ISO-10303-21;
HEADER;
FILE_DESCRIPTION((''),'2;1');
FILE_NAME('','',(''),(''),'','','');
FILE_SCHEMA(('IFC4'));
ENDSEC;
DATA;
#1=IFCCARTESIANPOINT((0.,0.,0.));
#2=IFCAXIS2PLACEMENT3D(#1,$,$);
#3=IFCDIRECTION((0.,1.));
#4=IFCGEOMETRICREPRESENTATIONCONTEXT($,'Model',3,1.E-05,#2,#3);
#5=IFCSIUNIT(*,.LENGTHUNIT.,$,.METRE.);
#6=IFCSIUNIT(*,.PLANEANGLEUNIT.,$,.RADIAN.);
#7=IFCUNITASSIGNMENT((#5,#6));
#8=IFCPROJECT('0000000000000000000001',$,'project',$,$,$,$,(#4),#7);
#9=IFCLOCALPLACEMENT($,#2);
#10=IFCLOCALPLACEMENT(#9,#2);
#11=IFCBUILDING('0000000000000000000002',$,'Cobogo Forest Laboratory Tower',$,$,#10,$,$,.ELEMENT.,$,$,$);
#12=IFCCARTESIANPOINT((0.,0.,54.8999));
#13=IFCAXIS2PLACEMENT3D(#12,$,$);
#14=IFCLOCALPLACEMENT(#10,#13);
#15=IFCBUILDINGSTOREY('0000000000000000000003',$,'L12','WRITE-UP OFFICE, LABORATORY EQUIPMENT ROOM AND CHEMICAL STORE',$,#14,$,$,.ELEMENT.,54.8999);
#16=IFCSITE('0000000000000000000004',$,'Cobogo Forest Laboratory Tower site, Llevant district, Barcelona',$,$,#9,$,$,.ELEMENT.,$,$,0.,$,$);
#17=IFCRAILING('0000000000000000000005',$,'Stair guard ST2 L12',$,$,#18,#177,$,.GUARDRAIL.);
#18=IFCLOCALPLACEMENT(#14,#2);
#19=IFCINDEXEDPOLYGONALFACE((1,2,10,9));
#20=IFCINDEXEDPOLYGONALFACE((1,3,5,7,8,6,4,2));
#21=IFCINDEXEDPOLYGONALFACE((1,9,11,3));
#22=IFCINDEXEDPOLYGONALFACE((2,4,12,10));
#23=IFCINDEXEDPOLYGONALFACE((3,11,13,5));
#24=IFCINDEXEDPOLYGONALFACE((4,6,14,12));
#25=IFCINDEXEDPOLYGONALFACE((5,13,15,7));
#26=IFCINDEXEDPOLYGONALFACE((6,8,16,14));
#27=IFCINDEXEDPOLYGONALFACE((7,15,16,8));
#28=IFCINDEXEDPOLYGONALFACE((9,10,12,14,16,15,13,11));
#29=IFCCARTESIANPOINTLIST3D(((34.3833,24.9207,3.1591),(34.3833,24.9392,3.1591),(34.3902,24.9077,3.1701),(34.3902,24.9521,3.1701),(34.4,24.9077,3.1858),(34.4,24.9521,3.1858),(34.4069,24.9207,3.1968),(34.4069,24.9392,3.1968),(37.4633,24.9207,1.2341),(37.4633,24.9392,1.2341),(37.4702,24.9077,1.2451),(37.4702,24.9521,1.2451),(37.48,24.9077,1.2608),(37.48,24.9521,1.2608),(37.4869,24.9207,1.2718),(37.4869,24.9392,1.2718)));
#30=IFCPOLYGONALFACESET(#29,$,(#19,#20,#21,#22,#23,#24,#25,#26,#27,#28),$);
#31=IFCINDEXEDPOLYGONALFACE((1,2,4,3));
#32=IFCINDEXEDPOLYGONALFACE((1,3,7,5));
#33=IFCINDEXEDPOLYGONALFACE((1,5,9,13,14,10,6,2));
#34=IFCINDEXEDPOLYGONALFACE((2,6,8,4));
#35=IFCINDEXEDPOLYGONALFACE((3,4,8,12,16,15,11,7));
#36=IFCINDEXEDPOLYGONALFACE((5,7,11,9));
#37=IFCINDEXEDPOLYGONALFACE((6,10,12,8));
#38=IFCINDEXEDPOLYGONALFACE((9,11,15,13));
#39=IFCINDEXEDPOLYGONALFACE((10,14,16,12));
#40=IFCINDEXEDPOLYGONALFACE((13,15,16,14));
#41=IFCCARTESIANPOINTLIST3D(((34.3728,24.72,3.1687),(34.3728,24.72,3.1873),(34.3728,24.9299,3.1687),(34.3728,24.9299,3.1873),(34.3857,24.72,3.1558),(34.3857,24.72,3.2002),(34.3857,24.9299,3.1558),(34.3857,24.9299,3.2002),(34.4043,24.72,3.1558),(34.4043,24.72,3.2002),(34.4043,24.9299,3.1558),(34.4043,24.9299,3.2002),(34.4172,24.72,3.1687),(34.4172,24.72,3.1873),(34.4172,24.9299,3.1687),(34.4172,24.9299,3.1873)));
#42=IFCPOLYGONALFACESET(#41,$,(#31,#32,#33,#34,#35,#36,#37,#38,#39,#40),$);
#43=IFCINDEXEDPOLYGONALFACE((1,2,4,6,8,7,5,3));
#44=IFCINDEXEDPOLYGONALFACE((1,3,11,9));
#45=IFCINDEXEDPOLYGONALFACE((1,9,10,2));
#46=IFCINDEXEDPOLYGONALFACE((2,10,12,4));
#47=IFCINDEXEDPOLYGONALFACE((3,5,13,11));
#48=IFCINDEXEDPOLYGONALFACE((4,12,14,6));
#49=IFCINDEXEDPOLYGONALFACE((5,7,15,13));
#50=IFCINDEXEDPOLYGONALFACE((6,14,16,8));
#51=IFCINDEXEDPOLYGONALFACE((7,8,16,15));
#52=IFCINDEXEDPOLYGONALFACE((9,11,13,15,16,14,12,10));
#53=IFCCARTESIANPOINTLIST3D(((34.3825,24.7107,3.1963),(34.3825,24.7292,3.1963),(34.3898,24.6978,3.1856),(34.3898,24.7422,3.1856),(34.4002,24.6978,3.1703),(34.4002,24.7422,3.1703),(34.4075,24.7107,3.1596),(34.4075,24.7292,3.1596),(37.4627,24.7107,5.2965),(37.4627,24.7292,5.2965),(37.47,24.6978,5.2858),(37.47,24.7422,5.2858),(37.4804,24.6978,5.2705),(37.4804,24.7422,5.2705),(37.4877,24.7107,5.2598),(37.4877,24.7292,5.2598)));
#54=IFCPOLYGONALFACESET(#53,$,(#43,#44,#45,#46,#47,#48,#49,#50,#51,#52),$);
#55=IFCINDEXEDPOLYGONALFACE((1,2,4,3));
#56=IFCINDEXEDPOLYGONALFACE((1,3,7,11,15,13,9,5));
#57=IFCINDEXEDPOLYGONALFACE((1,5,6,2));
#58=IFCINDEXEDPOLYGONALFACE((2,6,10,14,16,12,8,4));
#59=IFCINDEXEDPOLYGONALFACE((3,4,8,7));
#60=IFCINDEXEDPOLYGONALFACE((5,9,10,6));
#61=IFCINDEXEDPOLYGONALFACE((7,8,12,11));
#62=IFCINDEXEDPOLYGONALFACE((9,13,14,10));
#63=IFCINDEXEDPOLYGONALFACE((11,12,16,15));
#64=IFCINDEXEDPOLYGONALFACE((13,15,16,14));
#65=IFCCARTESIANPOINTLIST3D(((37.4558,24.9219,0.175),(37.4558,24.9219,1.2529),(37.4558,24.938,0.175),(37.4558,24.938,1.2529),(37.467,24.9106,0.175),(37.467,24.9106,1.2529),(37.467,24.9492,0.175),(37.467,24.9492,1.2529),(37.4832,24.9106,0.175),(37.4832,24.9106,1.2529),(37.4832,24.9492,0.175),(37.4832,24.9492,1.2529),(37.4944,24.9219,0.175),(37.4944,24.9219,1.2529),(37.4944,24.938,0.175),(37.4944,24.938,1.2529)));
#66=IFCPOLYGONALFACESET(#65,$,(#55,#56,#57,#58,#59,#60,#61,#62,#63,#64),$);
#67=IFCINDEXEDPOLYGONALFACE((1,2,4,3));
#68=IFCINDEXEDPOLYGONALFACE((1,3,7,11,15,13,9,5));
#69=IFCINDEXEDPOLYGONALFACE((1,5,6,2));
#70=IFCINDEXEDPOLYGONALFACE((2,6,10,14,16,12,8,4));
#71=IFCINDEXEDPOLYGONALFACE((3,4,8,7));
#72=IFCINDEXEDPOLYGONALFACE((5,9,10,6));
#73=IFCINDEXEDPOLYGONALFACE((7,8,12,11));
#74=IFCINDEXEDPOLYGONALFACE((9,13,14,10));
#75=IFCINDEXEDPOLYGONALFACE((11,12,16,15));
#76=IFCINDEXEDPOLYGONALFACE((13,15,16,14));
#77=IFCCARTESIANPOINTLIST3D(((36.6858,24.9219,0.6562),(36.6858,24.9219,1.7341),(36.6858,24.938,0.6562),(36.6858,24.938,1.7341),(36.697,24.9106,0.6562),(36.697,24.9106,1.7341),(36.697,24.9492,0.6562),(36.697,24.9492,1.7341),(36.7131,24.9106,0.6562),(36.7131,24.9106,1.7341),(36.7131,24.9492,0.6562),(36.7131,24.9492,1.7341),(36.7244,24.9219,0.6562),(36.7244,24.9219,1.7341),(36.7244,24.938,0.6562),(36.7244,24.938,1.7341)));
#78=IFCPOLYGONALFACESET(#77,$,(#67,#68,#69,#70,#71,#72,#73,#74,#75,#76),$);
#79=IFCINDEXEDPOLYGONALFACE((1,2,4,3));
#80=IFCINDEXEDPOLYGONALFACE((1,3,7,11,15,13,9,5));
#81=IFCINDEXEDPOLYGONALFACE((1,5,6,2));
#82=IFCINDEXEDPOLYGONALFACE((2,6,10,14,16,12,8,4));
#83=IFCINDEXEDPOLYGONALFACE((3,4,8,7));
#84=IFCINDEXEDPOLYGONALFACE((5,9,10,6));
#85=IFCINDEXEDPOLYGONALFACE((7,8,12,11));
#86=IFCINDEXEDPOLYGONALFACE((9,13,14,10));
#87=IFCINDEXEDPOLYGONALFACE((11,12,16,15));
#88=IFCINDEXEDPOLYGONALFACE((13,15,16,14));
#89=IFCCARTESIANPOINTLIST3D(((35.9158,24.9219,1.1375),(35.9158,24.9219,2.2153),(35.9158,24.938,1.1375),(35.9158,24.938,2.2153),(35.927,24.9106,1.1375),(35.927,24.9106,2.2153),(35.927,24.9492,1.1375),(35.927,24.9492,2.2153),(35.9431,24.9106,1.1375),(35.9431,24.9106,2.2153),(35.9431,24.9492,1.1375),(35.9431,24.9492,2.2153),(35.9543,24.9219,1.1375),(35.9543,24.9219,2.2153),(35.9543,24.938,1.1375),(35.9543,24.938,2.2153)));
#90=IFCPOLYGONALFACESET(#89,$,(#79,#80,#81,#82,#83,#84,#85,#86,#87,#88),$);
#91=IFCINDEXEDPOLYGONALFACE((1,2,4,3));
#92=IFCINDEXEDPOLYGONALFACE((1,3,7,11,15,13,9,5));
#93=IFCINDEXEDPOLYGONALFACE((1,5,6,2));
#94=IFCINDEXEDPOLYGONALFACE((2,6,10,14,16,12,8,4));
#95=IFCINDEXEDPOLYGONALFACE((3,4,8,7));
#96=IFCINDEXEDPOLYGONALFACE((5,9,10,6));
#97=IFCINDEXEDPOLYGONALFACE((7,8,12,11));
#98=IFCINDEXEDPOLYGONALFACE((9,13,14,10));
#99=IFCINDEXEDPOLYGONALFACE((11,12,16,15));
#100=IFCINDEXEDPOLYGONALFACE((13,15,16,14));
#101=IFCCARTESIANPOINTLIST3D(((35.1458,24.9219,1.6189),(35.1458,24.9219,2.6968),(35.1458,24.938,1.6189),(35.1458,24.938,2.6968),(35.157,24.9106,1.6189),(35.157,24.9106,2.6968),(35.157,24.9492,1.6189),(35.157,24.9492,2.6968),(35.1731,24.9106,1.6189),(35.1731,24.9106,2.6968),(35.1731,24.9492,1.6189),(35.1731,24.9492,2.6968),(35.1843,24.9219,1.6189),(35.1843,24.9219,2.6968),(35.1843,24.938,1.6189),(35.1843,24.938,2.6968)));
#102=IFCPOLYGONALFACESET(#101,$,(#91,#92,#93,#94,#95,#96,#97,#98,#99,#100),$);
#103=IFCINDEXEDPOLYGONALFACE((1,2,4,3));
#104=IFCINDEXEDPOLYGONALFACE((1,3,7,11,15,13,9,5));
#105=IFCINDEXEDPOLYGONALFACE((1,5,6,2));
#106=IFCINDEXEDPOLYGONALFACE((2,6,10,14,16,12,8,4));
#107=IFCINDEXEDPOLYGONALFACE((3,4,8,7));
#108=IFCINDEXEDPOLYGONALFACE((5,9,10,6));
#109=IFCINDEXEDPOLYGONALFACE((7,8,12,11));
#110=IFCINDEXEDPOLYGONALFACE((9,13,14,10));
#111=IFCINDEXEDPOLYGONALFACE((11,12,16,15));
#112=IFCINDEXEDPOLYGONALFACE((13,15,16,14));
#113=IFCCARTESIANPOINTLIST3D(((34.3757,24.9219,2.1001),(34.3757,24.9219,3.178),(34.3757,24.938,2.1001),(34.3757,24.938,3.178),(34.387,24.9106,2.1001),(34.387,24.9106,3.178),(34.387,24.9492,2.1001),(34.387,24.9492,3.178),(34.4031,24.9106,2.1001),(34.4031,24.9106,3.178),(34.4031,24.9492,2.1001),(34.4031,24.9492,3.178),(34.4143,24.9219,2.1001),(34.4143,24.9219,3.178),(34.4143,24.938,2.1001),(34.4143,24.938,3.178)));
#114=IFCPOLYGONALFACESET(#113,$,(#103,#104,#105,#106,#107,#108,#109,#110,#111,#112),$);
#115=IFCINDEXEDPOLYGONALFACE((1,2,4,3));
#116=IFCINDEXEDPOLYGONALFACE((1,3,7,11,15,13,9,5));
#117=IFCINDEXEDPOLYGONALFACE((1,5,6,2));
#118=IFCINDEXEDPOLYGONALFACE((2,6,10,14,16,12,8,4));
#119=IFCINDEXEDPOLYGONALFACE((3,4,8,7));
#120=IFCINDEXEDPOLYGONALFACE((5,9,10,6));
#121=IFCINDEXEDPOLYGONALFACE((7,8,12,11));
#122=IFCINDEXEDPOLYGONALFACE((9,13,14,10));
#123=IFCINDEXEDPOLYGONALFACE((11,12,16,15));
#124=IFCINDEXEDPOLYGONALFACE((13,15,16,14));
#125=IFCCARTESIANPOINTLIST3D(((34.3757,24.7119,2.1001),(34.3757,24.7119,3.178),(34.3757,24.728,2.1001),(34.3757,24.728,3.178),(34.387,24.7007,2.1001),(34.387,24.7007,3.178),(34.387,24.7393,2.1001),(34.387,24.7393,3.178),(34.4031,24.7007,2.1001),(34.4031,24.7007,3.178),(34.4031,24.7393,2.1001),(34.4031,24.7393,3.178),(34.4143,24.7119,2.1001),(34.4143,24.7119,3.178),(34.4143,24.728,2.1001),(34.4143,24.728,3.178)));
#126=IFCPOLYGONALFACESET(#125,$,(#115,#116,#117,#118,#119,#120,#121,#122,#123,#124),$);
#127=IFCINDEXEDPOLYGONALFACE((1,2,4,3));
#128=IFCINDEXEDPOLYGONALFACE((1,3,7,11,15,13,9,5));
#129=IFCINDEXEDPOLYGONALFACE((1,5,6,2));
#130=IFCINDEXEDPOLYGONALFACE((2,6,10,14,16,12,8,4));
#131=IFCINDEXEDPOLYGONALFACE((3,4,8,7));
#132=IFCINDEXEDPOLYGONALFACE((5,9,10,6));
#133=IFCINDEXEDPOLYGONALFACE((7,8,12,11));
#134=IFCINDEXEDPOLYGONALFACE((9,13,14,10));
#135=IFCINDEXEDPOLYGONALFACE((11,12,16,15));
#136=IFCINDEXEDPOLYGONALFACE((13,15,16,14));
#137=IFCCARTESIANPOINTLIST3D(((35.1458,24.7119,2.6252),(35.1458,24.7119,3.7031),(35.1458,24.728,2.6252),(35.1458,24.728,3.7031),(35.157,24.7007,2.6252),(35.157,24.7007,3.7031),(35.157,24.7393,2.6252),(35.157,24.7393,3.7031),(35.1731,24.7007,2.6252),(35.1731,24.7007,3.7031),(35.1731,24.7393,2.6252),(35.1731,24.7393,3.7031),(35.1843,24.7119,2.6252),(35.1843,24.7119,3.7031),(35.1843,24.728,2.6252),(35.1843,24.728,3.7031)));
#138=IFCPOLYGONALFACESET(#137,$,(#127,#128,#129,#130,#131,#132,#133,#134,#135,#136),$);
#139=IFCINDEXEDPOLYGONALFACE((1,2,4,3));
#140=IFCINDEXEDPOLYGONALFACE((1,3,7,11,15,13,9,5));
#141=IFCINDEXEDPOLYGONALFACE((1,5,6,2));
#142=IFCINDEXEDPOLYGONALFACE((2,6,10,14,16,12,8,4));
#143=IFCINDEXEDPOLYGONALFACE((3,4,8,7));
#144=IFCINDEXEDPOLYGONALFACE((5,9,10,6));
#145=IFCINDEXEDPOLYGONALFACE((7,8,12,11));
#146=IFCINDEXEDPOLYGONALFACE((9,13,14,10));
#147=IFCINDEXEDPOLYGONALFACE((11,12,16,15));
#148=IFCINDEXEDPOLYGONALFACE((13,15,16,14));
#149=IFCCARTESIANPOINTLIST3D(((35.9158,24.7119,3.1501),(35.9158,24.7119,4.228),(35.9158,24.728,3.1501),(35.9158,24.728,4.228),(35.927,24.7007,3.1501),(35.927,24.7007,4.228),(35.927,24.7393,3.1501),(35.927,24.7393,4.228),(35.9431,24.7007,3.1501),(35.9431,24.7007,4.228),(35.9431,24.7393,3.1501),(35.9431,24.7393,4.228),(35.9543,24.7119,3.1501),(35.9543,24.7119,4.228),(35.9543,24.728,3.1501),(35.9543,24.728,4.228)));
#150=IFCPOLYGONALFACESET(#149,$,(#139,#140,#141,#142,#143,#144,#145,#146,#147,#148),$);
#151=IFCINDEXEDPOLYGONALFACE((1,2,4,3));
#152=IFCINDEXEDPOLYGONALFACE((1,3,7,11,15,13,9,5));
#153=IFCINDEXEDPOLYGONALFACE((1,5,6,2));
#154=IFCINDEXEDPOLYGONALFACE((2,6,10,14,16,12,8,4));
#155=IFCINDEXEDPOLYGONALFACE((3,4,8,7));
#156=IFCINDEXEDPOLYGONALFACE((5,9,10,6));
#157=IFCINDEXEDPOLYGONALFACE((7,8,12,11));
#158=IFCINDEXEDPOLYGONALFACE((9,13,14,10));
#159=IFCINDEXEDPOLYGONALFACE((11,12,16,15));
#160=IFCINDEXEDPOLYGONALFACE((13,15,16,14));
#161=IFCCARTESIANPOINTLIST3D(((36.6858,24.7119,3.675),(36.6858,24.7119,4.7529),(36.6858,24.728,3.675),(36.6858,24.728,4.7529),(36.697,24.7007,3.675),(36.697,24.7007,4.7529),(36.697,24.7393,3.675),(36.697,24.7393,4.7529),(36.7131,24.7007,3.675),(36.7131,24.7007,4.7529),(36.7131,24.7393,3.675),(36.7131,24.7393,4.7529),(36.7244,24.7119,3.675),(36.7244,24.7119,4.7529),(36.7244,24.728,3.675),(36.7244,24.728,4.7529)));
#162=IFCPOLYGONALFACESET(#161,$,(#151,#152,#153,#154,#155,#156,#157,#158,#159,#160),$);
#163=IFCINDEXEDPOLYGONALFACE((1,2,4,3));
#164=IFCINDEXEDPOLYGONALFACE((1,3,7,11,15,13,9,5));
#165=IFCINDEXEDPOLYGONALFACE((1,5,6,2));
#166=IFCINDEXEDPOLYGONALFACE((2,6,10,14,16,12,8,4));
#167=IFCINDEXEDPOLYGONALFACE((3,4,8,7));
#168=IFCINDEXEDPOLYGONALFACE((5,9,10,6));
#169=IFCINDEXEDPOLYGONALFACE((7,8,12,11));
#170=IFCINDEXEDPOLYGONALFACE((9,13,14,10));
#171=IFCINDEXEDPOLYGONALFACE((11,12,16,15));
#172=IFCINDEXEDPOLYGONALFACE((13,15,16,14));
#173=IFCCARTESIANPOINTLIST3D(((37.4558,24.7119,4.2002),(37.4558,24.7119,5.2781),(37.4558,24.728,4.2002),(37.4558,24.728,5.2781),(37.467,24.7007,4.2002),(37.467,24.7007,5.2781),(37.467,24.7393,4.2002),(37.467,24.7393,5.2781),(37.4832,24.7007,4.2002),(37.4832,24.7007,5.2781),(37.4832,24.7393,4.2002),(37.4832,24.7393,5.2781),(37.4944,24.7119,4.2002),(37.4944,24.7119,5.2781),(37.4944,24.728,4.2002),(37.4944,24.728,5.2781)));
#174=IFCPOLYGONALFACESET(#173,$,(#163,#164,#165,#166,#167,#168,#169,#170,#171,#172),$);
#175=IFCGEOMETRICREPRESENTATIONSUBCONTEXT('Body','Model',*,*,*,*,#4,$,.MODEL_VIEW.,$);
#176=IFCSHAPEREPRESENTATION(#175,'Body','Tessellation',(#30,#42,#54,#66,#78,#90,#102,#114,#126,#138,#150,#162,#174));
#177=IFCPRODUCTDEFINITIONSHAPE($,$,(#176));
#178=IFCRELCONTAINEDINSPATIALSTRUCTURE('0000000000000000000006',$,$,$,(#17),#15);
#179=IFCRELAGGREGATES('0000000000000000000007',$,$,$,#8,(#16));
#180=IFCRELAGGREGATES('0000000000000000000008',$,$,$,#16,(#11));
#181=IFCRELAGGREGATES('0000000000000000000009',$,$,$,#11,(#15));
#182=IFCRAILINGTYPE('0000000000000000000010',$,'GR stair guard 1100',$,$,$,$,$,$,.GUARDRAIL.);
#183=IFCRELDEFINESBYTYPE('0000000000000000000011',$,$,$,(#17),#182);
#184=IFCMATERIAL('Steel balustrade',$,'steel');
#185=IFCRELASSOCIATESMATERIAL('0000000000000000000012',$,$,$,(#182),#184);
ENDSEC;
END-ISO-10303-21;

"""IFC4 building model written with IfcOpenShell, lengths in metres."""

from ifc_helpers import new_model, si_unit, direction, frame, origin, place, context, subcontext, project, spatial, polyline, outline, extrude, material, type_object, element, save


model = new_model("IFC4")

# Units and contexts
model_context = context("Model", 3, precision=1e-05, world=origin(), true_north=direction((0.0, 1.0)))
body_context = subcontext(model_context, "Body", "Model", "MODEL_VIEW")
ifc_project = project(units=[si_unit("LENGTHUNIT", "METRE"), si_unit("PLANEANGLEUNIT", "RADIAN")], contexts=[model_context])

# Site, building, storey
site_placement = place(None, origin())
site = spatial("IfcSite", under=ifc_project, at=site_placement, Name="Cobogo Forest Laboratory Tower site, Llevant district, Barcelona", CompositionType="ELEMENT", RefElevation=0.0)
building_placement = place(site_placement, origin())
building = spatial("IfcBuilding", under=site, at=building_placement, Name="Cobogo Forest Laboratory Tower", CompositionType="ELEMENT")
storey_placement = place(building_placement, frame((0.0, 0.0, 54.8999)))
storey = spatial("IfcBuildingStorey", under=building, at=storey_placement, Name="L12", Description="WRITE-UP OFFICE, LABORATORY EQUIPMENT ROOM AND CHEMICAL STORE", CompositionType="ELEMENT", Elevation=54.8999)

# Railing
ifc_material_1 = material(Name="Steel balustrade", Category="steel")
railing_type_1 = type_object("IfcRailingType", Name="GR stair guard 1100", PredefinedType="GUARDRAIL", material=ifc_material_1)
railing_1_placement = place(storey_placement, frame((37.4751, 24.9299, 0.175)))
element("IfcRailing", 1, at=railing_1_placement, inside=storey, type_object=railing_type_1, Name="Stair guard ST2 L12", PredefinedType="GUARDRAIL", context=body_context, shape_type="SweptSolid", body=[
    extrude(outline(polyline([(0.0222, 0.0093), (0.0093, 0.0222), (-0.0093, 0.0222), (-0.0222, 0.0093), (-0.0222, -0.0093), (-0.0093, -0.0222), (0.0093, -0.0222), (0.0222, -0.0093), (0.0222, 0.0093)])), frame((0.0, 0.0, 1.0779), z_axis=(-0.847998, 0.0, 0.529999), x_axis=(0.0, -1.0, 0.0)), (0.0, 0.0, 1.0), 3.6321),
    extrude(outline(polyline([(0.0222, 0.0093), (0.0093, 0.0222), (-0.0093, 0.0222), (-0.0222, 0.0093), (-0.0222, -0.0093), (-0.0093, -0.0222), (0.0093, -0.0222), (0.0222, -0.0093), (0.0222, 0.0093)])), frame((-3.0801, 0.0, 3.0029), z_axis=(0.0, -1.0, 0.0), x_axis=(1.0, 0.0, 0.0)), (0.0, 0.0, 1.0), 0.21),
    extrude(outline(polyline([(0.0222, 0.0093), (0.0093, 0.0222), (-0.0093, 0.0222), (-0.0222, 0.0093), (-0.0222, -0.0093), (-0.0093, -0.0222), (0.0093, -0.0222), (0.0222, -0.0093), (0.0222, 0.0093)])), frame((-3.0801, -0.21, 3.0029), z_axis=(0.826222, 0.0, 0.563345), x_axis=(0.0, 1.0, 0.0)), (0.0, 0.0, 1.0), 3.728),
    extrude(outline(polyline([(0.0193, 0.0081), (0.0081, 0.0193), (-0.0081, 0.0193), (-0.0193, 0.0081), (-0.0193, -0.0081), (-0.0081, -0.0193), (0.0081, -0.0193), (0.0193, -0.0081), (0.0193, 0.0081)])), origin(), (0.0, 0.0, 1.0), 1.0779),
    extrude(outline(polyline([(0.0193, 0.0081), (0.0081, 0.0193), (-0.0081, 0.0193), (-0.0193, 0.0081), (-0.0193, -0.0081), (-0.0081, -0.0193), (0.0081, -0.0193), (0.0193, -0.0081), (0.0193, 0.0081)])), frame((-0.77, 0.0, 0.4812)), (0.0, 0.0, 1.0), 1.0779),
    extrude(outline(polyline([(0.0193, 0.0081), (0.0081, 0.0193), (-0.0081, 0.0193), (-0.0193, 0.0081), (-0.0193, -0.0081), (-0.0081, -0.0193), (0.0081, -0.0193), (0.0193, -0.0081), (0.0193, 0.0081)])), frame((-1.54, 0.0, 0.9624)), (0.0, 0.0, 1.0), 1.0779),
    extrude(outline(polyline([(0.0193, 0.0081), (0.0081, 0.0193), (-0.0081, 0.0193), (-0.0193, 0.0081), (-0.0193, -0.0081), (-0.0081, -0.0193), (0.0081, -0.0193), (0.0193, -0.0081), (0.0193, 0.0081)])), frame((-2.3101, 0.0, 1.4438)), (0.0, 0.0, 1.0), 1.0779),
    extrude(outline(polyline([(0.0193, 0.0081), (0.0081, 0.0193), (-0.0081, 0.0193), (-0.0193, 0.0081), (-0.0193, -0.0081), (-0.0081, -0.0193), (0.0081, -0.0193), (0.0193, -0.0081), (0.0193, 0.0081)])), frame((-3.0801, 0.0, 1.925)), (0.0, 0.0, 1.0), 1.0779),
    extrude(outline(polyline([(0.0193, 0.0081), (0.0081, 0.0193), (-0.0081, 0.0193), (-0.0193, 0.0081), (-0.0193, -0.0081), (-0.0081, -0.0193), (0.0081, -0.0193), (0.0193, -0.0081), (0.0193, 0.0081)])), frame((-3.0801, -0.21, 1.925)), (0.0, 0.0, 1.0), 1.0779),
    extrude(outline(polyline([(0.0193, 0.0081), (0.0081, 0.0193), (-0.0081, 0.0193), (-0.0193, 0.0081), (-0.0193, -0.0081), (-0.0081, -0.0193), (0.0081, -0.0193), (0.0193, -0.0081), (0.0193, 0.0081)])), frame((-2.3101, -0.21, 2.4502)), (0.0, 0.0, 1.0), 1.0779),
    extrude(outline(polyline([(0.0193, 0.0081), (0.0081, 0.0193), (-0.0081, 0.0193), (-0.0193, 0.0081), (-0.0193, -0.0081), (-0.0081, -0.0193), (0.0081, -0.0193), (0.0193, -0.0081), (0.0193, 0.0081)])), frame((-1.54, -0.21, 2.9751)), (0.0, 0.0, 1.0), 1.0779),
    extrude(outline(polyline([(0.0193, 0.0081), (0.0081, 0.0193), (-0.0081, 0.0193), (-0.0193, 0.0081), (-0.0193, -0.0081), (-0.0081, -0.0193), (0.0081, -0.0193), (0.0193, -0.0081), (0.0193, 0.0081)])), frame((-0.77, -0.21, 3.5)), (0.0, 0.0, 1.0), 1.0779),
    extrude(outline(polyline([(0.0193, 0.0081), (0.0081, 0.0193), (-0.0081, 0.0193), (-0.0193, 0.0081), (-0.0193, -0.0081), (-0.0081, -0.0193), (0.0081, -0.0193), (0.0193, -0.0081), (0.0193, 0.0081)])), frame((0.0, -0.21, 4.0251)), (0.0, 0.0, 1.0), 1.0779),
])

save(model, "model.ifc")
